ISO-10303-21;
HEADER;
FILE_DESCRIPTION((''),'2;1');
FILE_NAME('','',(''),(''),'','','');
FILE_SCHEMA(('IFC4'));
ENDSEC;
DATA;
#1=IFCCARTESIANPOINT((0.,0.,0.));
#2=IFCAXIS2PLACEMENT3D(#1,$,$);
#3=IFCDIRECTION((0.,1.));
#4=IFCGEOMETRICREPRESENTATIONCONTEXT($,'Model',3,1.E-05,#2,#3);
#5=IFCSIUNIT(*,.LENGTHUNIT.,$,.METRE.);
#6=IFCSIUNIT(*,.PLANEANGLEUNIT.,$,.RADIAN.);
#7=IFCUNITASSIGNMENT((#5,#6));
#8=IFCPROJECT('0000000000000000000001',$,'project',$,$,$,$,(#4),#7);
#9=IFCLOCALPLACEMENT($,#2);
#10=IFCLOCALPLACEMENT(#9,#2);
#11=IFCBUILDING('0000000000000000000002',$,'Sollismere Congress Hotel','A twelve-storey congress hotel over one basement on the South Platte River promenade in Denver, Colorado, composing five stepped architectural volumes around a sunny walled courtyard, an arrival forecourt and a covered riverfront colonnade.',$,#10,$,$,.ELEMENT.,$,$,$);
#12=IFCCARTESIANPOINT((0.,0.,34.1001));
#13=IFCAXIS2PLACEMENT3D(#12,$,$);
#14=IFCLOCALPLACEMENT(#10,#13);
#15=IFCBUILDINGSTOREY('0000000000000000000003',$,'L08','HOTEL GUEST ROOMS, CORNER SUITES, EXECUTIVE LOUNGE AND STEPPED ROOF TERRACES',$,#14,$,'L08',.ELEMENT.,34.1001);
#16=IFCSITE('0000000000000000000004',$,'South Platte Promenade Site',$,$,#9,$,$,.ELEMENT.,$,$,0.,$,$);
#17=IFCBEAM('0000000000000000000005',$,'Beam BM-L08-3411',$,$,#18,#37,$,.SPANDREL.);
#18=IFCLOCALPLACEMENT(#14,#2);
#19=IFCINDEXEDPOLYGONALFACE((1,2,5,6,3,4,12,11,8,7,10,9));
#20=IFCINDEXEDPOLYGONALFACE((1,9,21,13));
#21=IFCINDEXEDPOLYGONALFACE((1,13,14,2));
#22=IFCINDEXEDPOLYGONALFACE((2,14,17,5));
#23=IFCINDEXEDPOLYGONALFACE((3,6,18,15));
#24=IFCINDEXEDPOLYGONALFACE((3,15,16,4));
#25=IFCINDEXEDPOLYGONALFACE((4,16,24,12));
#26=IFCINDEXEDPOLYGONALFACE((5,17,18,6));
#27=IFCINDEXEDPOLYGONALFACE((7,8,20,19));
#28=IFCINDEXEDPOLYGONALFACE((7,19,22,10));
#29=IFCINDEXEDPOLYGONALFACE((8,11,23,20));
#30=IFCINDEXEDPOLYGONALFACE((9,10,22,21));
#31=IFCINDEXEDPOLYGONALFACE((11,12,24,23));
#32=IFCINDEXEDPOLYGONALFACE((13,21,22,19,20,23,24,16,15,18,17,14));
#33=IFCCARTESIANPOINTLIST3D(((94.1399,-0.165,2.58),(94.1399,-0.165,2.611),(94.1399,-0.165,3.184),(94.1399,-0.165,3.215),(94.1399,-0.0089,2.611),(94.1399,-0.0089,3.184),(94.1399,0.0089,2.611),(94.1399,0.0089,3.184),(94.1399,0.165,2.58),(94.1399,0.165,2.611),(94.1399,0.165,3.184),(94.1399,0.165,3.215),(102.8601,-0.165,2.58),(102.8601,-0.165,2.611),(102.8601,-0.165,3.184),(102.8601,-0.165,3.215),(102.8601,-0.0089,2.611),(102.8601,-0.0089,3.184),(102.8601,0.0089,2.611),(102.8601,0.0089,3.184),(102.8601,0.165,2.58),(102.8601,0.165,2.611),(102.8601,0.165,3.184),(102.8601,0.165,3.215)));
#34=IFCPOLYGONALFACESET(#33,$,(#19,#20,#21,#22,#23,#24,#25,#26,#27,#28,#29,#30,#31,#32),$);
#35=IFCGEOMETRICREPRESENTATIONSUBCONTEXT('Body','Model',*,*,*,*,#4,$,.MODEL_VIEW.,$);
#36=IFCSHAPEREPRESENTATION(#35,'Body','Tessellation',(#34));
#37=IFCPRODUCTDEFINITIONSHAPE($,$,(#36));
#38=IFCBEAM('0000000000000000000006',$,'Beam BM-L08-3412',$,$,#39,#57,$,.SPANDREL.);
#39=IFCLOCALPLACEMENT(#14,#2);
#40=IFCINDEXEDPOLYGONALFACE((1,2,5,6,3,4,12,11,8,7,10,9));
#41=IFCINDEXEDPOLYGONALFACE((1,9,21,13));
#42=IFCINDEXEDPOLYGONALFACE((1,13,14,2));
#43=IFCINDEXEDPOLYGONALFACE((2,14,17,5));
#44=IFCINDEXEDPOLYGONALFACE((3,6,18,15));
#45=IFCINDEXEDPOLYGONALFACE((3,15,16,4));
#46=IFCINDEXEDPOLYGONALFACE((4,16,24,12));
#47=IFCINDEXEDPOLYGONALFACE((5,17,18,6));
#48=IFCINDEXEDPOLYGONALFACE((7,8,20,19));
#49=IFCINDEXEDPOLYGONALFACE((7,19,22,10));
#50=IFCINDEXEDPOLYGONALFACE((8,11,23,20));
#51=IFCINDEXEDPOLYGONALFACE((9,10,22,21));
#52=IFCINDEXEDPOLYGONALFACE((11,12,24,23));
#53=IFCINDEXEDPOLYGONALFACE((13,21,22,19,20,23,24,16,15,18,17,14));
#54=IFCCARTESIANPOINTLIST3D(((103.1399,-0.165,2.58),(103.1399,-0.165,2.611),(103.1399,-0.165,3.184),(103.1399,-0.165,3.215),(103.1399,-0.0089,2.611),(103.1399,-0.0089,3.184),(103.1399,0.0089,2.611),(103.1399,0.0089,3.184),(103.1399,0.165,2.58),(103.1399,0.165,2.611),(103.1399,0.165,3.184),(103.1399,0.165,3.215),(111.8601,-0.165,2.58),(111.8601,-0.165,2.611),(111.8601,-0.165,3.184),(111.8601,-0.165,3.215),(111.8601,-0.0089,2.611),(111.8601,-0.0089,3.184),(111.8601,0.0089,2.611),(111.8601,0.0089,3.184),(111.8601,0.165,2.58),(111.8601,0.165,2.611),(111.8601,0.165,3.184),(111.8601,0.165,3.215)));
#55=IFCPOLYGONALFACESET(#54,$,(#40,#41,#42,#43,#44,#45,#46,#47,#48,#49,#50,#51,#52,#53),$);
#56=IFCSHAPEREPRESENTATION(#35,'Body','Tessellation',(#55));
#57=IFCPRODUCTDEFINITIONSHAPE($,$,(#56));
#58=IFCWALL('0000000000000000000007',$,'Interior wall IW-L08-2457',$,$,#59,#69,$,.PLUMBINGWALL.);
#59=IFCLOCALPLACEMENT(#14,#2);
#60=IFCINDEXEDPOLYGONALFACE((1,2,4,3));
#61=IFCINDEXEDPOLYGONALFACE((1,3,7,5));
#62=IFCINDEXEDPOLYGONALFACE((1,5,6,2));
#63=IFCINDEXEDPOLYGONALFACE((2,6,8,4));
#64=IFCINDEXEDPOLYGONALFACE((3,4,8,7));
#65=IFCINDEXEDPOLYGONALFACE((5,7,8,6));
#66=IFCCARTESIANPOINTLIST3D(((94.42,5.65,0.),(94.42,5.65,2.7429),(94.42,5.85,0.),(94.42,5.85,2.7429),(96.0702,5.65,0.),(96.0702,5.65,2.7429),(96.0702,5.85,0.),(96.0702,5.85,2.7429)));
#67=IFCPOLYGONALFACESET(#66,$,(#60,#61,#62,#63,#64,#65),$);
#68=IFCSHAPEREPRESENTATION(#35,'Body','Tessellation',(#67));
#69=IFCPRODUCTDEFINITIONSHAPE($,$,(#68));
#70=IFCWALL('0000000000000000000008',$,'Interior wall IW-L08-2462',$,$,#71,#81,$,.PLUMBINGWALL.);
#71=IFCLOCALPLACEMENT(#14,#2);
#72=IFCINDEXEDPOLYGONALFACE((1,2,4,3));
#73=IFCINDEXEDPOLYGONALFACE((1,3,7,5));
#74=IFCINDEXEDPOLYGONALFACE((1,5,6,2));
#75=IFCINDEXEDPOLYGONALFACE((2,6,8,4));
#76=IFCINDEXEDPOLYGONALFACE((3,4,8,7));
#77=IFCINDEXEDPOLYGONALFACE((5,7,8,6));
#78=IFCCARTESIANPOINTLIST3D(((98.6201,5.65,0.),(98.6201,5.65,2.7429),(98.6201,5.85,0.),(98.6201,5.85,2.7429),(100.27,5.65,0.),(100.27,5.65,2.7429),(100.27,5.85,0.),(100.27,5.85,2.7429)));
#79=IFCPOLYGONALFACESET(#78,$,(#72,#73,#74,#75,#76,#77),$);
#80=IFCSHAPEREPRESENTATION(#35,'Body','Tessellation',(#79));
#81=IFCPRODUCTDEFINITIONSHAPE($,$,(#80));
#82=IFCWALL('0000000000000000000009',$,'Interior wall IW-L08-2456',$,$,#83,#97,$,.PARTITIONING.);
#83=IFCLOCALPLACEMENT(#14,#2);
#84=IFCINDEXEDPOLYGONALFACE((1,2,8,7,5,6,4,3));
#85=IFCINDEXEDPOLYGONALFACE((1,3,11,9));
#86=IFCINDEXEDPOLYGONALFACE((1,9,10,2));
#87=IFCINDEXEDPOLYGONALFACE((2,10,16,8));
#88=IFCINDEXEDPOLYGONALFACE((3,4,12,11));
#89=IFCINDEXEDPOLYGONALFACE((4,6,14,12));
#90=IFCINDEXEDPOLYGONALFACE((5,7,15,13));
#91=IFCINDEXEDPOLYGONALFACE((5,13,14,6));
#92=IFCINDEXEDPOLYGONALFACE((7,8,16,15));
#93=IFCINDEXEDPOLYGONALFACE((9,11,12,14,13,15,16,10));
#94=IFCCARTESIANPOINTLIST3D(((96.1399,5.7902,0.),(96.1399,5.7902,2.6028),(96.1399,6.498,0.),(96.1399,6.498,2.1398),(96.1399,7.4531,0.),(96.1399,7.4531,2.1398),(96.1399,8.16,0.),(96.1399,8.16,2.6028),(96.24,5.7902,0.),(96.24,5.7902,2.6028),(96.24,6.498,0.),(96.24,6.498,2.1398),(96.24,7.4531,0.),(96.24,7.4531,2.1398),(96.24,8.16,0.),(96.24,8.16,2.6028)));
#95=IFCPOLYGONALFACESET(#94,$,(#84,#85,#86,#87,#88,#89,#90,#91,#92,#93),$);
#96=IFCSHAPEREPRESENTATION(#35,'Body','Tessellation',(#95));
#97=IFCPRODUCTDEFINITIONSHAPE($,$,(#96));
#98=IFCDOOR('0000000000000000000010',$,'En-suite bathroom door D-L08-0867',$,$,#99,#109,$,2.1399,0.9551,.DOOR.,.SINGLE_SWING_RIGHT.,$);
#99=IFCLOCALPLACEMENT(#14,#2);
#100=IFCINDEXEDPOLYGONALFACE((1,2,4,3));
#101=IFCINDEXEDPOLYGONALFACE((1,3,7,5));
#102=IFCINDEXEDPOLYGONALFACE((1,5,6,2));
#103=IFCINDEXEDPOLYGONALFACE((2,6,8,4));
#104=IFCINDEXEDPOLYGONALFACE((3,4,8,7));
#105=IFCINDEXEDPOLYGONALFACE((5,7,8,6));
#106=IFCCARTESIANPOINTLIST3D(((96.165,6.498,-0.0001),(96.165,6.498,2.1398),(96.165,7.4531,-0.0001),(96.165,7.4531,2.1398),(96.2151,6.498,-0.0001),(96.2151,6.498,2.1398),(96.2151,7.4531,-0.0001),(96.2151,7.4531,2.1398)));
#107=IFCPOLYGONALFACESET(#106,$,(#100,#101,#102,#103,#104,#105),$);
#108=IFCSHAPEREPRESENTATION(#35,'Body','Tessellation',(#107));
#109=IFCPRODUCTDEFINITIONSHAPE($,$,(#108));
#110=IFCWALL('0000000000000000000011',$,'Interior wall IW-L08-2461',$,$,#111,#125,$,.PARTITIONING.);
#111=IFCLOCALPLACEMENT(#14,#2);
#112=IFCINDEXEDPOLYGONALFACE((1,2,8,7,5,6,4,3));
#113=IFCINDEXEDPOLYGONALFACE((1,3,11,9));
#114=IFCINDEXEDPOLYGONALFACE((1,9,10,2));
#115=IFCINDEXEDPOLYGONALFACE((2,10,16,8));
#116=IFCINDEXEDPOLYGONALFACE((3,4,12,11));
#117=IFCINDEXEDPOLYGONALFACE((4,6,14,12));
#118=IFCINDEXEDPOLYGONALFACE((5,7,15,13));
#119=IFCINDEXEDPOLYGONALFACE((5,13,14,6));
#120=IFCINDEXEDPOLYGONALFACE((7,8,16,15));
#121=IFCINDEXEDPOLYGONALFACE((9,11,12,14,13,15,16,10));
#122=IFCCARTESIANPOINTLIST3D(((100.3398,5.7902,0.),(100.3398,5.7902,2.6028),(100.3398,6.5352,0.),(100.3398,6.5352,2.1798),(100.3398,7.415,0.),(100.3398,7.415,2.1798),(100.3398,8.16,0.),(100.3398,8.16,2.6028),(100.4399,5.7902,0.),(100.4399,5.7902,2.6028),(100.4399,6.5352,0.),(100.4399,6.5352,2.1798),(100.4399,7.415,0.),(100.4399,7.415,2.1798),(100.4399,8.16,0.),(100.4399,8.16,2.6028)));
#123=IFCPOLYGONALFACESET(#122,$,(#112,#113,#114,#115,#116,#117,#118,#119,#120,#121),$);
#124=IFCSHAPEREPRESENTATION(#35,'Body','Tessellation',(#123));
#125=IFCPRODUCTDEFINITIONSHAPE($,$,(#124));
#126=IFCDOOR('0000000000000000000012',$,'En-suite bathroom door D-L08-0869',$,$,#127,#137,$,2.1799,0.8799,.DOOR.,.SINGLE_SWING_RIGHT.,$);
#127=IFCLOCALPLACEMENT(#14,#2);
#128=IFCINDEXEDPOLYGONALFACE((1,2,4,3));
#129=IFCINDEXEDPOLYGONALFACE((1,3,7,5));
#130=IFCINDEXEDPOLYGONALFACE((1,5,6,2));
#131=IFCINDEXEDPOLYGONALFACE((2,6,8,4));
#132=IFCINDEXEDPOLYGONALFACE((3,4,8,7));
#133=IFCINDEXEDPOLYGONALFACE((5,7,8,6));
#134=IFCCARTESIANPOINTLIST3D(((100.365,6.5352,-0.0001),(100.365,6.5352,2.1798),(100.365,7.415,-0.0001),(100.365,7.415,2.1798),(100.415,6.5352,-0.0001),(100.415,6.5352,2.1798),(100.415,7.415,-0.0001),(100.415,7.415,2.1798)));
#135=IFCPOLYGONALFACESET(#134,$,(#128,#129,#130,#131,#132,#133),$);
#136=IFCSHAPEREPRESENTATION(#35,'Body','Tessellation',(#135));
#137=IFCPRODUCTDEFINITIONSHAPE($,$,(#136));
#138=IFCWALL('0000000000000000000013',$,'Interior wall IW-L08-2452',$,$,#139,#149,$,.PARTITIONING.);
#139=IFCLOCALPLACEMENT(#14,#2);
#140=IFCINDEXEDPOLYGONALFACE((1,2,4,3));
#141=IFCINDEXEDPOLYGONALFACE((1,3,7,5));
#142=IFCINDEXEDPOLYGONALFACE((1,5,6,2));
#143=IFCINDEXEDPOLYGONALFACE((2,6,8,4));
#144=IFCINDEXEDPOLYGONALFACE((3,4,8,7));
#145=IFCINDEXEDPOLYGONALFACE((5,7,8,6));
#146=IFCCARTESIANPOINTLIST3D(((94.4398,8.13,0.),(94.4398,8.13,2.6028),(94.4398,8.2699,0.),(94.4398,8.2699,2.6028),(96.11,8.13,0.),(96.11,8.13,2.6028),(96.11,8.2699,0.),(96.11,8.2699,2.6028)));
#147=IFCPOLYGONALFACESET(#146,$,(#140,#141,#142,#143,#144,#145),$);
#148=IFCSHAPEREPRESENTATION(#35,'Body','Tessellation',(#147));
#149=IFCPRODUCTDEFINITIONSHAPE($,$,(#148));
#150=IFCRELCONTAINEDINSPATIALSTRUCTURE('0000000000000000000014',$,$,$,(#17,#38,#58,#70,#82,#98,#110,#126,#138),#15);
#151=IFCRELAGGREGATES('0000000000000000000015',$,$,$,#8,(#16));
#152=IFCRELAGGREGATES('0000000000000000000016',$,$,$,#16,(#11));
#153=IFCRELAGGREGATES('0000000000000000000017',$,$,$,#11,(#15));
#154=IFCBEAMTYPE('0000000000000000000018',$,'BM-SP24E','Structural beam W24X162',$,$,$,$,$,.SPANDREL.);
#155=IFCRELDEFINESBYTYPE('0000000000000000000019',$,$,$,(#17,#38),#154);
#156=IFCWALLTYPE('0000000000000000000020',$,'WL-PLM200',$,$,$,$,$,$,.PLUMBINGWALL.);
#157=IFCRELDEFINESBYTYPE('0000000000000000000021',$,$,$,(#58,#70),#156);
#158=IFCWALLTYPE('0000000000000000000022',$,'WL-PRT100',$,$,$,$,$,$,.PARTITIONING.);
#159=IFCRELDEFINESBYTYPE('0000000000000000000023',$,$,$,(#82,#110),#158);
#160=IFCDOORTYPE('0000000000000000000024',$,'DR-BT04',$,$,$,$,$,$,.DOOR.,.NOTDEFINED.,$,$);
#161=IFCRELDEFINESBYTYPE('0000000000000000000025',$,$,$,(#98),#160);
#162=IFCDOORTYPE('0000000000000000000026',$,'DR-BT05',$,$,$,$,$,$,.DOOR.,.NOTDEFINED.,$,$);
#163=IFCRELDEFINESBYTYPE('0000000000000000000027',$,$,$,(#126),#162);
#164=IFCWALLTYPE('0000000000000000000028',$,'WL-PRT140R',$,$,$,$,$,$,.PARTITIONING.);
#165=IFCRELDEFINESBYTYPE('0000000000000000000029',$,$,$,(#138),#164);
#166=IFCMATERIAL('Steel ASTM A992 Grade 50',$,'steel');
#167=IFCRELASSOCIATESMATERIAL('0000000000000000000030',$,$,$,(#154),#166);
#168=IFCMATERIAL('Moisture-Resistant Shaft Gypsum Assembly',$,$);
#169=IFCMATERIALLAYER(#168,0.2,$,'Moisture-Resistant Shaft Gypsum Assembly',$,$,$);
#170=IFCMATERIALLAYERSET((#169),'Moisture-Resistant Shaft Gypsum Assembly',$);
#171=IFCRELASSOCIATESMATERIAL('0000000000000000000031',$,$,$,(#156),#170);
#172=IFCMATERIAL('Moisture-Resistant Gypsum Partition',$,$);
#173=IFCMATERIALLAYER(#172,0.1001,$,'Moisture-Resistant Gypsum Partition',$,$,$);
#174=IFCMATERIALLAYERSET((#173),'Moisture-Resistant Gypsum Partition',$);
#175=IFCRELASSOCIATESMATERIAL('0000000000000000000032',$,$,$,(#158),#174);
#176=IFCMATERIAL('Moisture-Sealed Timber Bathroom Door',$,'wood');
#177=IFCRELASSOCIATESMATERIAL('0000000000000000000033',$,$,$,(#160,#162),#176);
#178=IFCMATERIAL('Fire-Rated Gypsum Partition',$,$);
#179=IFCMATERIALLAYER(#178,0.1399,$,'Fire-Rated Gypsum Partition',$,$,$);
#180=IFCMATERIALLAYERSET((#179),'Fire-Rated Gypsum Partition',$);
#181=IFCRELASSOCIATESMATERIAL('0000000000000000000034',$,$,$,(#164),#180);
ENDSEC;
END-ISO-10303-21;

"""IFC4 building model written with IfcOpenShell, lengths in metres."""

from ifc_helpers import new_model, si_unit, direction, frame, frame_2d, origin, origin_2d, place, context, subcontext, project, spatial, rectangle, i_section, extrude, material, layer, layer_set, material_profile, profile_set, type_object, element, fill, save


model = new_model("IFC4")

# Units and contexts
model_context = context("Model", 3, precision=1e-05, world=origin(), true_north=direction((0.0, 1.0)))
body_context = subcontext(model_context, "Body", "Model", "MODEL_VIEW")
ifc_project = project(units=[si_unit("LENGTHUNIT", "METRE"), si_unit("PLANEANGLEUNIT", "RADIAN")], contexts=[model_context])

# Site, building, storey
site_placement = place(None, origin())
site = spatial("IfcSite", under=ifc_project, at=site_placement, Name="South Platte Promenade Site", CompositionType="ELEMENT", RefElevation=0.0)
building_placement = place(site_placement, origin())
building = spatial("IfcBuilding", under=site, at=building_placement, Name="Sollismere Congress Hotel", Description="A twelve-storey congress hotel over one basement on the South Platte River promenade in Denver, Colorado, composing five stepped architectural volumes around a sunny walled courtyard, an arrival forecourt and a covered riverfront colonnade.", CompositionType="ELEMENT")
storey_placement = place(building_placement, frame((0.0, 0.0, 34.1001)))
storey = spatial("IfcBuildingStorey", under=building, at=storey_placement, Name="L08", Description="HOTEL GUEST ROOMS, CORNER SUITES, EXECUTIVE LOUNGE AND STEPPED ROOF TERRACES", LongName="L08", CompositionType="ELEMENT", Elevation=34.1001)

# Shared definitions
ifc_material_1 = material(Name="Steel ASTM A992 Grade 50", Category="steel")

# Beams
ifc_material_profile_1 = material_profile(ifc_material_1, i_section(OverallWidth=0.3301, OverallDepth=0.635, WebThickness=0.0178, FlangeThickness=0.031, at=origin_2d()), Name="W24X162")
ifc_profile_set_1 = profile_set([ifc_material_profile_1], Name="Steel ASTM A992 Grade 50")
beam_type_1 = type_object("IfcBeamType", Name="BM-SP24E", Description="Structural beam W24X162", PredefinedType="SPANDREL", material=ifc_profile_set_1)
for number, where, z_axis, x_axis, name in (
    (1, (94.1399, 0.0, 2.8975), (1.0, 0.0, 0.0), (0.0, 1.0, 0.0), "Beam BM-L08-3411"),
    (2, (103.1399, 0.0, 2.8975), (1.0, 0.0, 0.0), (0.0, 1.0, 0.0), "Beam BM-L08-3412"),
):
    element("IfcBeam", number, at=place(storey_placement, frame(where, z_axis=z_axis, x_axis=x_axis)), inside=storey, type_object=beam_type_1, Name=name, PredefinedType="SPANDREL", context=body_context, shape_type="SweptSolid", body=[
        extrude(i_section(OverallWidth=0.3301, OverallDepth=0.635, WebThickness=0.0178, FlangeThickness=0.031, at=origin_2d()), origin(), (0.0, 0.0, 1.0), 8.7202),
    ])

# Walls
ifc_material_2 = material(Name="Moisture-Resistant Shaft Gypsum Assembly")
ifc_layer_1 = layer(ifc_material_2, 0.2, Name="Moisture-Resistant Shaft Gypsum Assembly")
ifc_layer_set_1 = layer_set([ifc_layer_1], Name="Moisture-Resistant Shaft Gypsum Assembly")
wall_type_1 = type_object("IfcWallType", Name="WL-PLM200", PredefinedType="PLUMBINGWALL", material=ifc_layer_set_1)
wall_1_placement = place(storey_placement, frame((94.4199, 5.75, 0.0), z_axis=(0.0, 0.0, 1.0), x_axis=(1.0, 0.0, 0.0)))
element("IfcWall", 3, at=wall_1_placement, inside=storey, type_object=wall_type_1, Name="Interior wall IW-L08-2457", PredefinedType="PLUMBINGWALL", context=body_context, shape_type="SweptSolid", body=[
    extrude(rectangle(XDim=1.6501, YDim=0.2, at=frame_2d((0.8252, 0.0))), origin(), (0.0, 0.0, 1.0), 2.7429),
])
wall_2_placement = place(storey_placement, frame((98.6201, 5.75, 0.0), z_axis=(0.0, 0.0, 1.0), x_axis=(1.0, 0.0, 0.0)))
element("IfcWall", 4, at=wall_2_placement, inside=storey, type_object=wall_type_1, Name="Interior wall IW-L08-2462", PredefinedType="PLUMBINGWALL", context=body_context, shape_type="SweptSolid", body=[
    extrude(rectangle(XDim=1.6499, YDim=0.2, at=frame_2d((0.825, 0.0))), origin(), (0.0, 0.0, 1.0), 2.7429),
])

# Walls, openings, doors
ifc_material_3 = material(Name="Moisture-Resistant Gypsum Partition")
ifc_layer_2 = layer(ifc_material_3, 0.1001, Name="Moisture-Resistant Gypsum Partition")
ifc_layer_set_2 = layer_set([ifc_layer_2], Name="Moisture-Resistant Gypsum Partition")
wall_type_2 = type_object("IfcWallType", Name="WL-PRT100", PredefinedType="PARTITIONING", material=ifc_layer_set_2)
wall_3_placement = place(storey_placement, frame((96.1899, 5.79, 0.0), z_axis=(0.0, 0.0, 1.0), x_axis=(0.0, 1.0, 0.0)))
wall_3 = element("IfcWall", 5, at=wall_3_placement, inside=storey, type_object=wall_type_2, Name="Interior wall IW-L08-2456", PredefinedType="PARTITIONING", context=body_context, shape_type="SweptSolid", body=[
    extrude(rectangle(XDim=2.3699, YDim=0.1001, at=frame_2d((1.1851, 0.0))), origin(), (0.0, 0.0, 1.0), 2.6028),
])
opening_1_placement = place(wall_3_placement, frame((0.708, 0.0, 0.0)))
opening_1 = element("IfcOpeningElement", 6, at=opening_1_placement, cuts=wall_3, PredefinedType="OPENING", context=body_context, shape_type="SweptSolid", body=[
    extrude(rectangle(XDim=0.9551, YDim=2.1399, at=frame_2d((0.4775, 1.0698))), frame((0.0, 0.0601, 0.0), z_axis=(0.0, -1.0, 0.0), x_axis=(1.0, 0.0, 0.0)), (0.0, 0.0, 1.0), 0.1201),
])
ifc_material_4 = material(Name="Moisture-Sealed Timber Bathroom Door", Category="wood")
door_type_1 = type_object("IfcDoorType", Name="DR-BT04", OperationType="NOTDEFINED", PredefinedType="DOOR", material=ifc_material_4)
door_1_placement = place(opening_1_placement, origin())
door_1 = element("IfcDoor", 7, at=door_1_placement, inside=storey, type_object=door_type_1, Name="En-suite bathroom door D-L08-0867", OperationType="SINGLE_SWING_RIGHT", OverallHeight=2.1399, OverallWidth=0.9551, PredefinedType="DOOR", context=body_context, shape_type="SweptSolid", body=[
    extrude(rectangle(XDim=0.9551, YDim=2.1399, at=frame_2d((0.4775, 1.0698))), frame((0.0, 0.0249, 0.0), z_axis=(0.0, -1.0, 0.0), x_axis=(1.0, 0.0, 0.0)), (0.0, 0.0, 1.0), 0.05),
])
fill(opening_1, door_1)
wall_4_placement = place(storey_placement, frame((100.3899, 5.79, 0.0), z_axis=(0.0, 0.0, 1.0), x_axis=(0.0, 1.0, 0.0)))
wall_4 = element("IfcWall", 8, at=wall_4_placement, inside=storey, type_object=wall_type_2, Name="Interior wall IW-L08-2461", PredefinedType="PARTITIONING", context=body_context, shape_type="SweptSolid", body=[
    extrude(rectangle(XDim=2.3699, YDim=0.1001, at=frame_2d((1.1851, 0.0))), origin(), (0.0, 0.0, 1.0), 2.6028),
])
opening_2_placement = place(wall_4_placement, frame((0.7451, 0.0, 0.0)))
opening_2 = element("IfcOpeningElement", 9, at=opening_2_placement, cuts=wall_4, PredefinedType="OPENING", context=body_context, shape_type="SweptSolid", body=[
    extrude(rectangle(XDim=0.8799, YDim=2.1799, at=frame_2d((0.4399, 1.0898))), frame((0.0, 0.0601, 0.0), z_axis=(0.0, -1.0, 0.0), x_axis=(1.0, 0.0, 0.0)), (0.0, 0.0, 1.0), 0.1201),
])
door_type_2 = type_object("IfcDoorType", Name="DR-BT05", OperationType="NOTDEFINED", PredefinedType="DOOR", material=ifc_material_4)
door_2_placement = place(opening_2_placement, origin())
door_2 = element("IfcDoor", 10, at=door_2_placement, inside=storey, type_object=door_type_2, Name="En-suite bathroom door D-L08-0869", OperationType="SINGLE_SWING_RIGHT", OverallHeight=2.1799, OverallWidth=0.8799, PredefinedType="DOOR", context=body_context, shape_type="SweptSolid", body=[
    extrude(rectangle(XDim=0.8799, YDim=2.1799, at=frame_2d((0.4399, 1.0898))), frame((0.0, 0.0249, 0.0), z_axis=(0.0, -1.0, 0.0), x_axis=(1.0, 0.0, 0.0)), (0.0, 0.0, 1.0), 0.05),
])
fill(opening_2, door_2)

# Wall
ifc_material_5 = material(Name="Fire-Rated Gypsum Partition")
ifc_layer_3 = layer(ifc_material_5, 0.1399, Name="Fire-Rated Gypsum Partition")
ifc_layer_set_3 = layer_set([ifc_layer_3], Name="Fire-Rated Gypsum Partition")
wall_type_3 = type_object("IfcWallType", Name="WL-PRT140R", PredefinedType="PARTITIONING", material=ifc_layer_set_3)
wall_5_placement = place(storey_placement, frame((94.4399, 8.2, 0.0), z_axis=(0.0, 0.0, 1.0), x_axis=(1.0, 0.0, 0.0)))
element("IfcWall", 11, at=wall_5_placement, inside=storey, type_object=wall_type_3, Name="Interior wall IW-L08-2452", PredefinedType="PARTITIONING", context=body_context, shape_type="SweptSolid", body=[
    extrude(rectangle(XDim=1.6702, YDim=0.1399, at=frame_2d((0.835, 0.0))), origin(), (0.0, 0.0, 1.0), 2.6028),
])

save(model, "model.ifc")
